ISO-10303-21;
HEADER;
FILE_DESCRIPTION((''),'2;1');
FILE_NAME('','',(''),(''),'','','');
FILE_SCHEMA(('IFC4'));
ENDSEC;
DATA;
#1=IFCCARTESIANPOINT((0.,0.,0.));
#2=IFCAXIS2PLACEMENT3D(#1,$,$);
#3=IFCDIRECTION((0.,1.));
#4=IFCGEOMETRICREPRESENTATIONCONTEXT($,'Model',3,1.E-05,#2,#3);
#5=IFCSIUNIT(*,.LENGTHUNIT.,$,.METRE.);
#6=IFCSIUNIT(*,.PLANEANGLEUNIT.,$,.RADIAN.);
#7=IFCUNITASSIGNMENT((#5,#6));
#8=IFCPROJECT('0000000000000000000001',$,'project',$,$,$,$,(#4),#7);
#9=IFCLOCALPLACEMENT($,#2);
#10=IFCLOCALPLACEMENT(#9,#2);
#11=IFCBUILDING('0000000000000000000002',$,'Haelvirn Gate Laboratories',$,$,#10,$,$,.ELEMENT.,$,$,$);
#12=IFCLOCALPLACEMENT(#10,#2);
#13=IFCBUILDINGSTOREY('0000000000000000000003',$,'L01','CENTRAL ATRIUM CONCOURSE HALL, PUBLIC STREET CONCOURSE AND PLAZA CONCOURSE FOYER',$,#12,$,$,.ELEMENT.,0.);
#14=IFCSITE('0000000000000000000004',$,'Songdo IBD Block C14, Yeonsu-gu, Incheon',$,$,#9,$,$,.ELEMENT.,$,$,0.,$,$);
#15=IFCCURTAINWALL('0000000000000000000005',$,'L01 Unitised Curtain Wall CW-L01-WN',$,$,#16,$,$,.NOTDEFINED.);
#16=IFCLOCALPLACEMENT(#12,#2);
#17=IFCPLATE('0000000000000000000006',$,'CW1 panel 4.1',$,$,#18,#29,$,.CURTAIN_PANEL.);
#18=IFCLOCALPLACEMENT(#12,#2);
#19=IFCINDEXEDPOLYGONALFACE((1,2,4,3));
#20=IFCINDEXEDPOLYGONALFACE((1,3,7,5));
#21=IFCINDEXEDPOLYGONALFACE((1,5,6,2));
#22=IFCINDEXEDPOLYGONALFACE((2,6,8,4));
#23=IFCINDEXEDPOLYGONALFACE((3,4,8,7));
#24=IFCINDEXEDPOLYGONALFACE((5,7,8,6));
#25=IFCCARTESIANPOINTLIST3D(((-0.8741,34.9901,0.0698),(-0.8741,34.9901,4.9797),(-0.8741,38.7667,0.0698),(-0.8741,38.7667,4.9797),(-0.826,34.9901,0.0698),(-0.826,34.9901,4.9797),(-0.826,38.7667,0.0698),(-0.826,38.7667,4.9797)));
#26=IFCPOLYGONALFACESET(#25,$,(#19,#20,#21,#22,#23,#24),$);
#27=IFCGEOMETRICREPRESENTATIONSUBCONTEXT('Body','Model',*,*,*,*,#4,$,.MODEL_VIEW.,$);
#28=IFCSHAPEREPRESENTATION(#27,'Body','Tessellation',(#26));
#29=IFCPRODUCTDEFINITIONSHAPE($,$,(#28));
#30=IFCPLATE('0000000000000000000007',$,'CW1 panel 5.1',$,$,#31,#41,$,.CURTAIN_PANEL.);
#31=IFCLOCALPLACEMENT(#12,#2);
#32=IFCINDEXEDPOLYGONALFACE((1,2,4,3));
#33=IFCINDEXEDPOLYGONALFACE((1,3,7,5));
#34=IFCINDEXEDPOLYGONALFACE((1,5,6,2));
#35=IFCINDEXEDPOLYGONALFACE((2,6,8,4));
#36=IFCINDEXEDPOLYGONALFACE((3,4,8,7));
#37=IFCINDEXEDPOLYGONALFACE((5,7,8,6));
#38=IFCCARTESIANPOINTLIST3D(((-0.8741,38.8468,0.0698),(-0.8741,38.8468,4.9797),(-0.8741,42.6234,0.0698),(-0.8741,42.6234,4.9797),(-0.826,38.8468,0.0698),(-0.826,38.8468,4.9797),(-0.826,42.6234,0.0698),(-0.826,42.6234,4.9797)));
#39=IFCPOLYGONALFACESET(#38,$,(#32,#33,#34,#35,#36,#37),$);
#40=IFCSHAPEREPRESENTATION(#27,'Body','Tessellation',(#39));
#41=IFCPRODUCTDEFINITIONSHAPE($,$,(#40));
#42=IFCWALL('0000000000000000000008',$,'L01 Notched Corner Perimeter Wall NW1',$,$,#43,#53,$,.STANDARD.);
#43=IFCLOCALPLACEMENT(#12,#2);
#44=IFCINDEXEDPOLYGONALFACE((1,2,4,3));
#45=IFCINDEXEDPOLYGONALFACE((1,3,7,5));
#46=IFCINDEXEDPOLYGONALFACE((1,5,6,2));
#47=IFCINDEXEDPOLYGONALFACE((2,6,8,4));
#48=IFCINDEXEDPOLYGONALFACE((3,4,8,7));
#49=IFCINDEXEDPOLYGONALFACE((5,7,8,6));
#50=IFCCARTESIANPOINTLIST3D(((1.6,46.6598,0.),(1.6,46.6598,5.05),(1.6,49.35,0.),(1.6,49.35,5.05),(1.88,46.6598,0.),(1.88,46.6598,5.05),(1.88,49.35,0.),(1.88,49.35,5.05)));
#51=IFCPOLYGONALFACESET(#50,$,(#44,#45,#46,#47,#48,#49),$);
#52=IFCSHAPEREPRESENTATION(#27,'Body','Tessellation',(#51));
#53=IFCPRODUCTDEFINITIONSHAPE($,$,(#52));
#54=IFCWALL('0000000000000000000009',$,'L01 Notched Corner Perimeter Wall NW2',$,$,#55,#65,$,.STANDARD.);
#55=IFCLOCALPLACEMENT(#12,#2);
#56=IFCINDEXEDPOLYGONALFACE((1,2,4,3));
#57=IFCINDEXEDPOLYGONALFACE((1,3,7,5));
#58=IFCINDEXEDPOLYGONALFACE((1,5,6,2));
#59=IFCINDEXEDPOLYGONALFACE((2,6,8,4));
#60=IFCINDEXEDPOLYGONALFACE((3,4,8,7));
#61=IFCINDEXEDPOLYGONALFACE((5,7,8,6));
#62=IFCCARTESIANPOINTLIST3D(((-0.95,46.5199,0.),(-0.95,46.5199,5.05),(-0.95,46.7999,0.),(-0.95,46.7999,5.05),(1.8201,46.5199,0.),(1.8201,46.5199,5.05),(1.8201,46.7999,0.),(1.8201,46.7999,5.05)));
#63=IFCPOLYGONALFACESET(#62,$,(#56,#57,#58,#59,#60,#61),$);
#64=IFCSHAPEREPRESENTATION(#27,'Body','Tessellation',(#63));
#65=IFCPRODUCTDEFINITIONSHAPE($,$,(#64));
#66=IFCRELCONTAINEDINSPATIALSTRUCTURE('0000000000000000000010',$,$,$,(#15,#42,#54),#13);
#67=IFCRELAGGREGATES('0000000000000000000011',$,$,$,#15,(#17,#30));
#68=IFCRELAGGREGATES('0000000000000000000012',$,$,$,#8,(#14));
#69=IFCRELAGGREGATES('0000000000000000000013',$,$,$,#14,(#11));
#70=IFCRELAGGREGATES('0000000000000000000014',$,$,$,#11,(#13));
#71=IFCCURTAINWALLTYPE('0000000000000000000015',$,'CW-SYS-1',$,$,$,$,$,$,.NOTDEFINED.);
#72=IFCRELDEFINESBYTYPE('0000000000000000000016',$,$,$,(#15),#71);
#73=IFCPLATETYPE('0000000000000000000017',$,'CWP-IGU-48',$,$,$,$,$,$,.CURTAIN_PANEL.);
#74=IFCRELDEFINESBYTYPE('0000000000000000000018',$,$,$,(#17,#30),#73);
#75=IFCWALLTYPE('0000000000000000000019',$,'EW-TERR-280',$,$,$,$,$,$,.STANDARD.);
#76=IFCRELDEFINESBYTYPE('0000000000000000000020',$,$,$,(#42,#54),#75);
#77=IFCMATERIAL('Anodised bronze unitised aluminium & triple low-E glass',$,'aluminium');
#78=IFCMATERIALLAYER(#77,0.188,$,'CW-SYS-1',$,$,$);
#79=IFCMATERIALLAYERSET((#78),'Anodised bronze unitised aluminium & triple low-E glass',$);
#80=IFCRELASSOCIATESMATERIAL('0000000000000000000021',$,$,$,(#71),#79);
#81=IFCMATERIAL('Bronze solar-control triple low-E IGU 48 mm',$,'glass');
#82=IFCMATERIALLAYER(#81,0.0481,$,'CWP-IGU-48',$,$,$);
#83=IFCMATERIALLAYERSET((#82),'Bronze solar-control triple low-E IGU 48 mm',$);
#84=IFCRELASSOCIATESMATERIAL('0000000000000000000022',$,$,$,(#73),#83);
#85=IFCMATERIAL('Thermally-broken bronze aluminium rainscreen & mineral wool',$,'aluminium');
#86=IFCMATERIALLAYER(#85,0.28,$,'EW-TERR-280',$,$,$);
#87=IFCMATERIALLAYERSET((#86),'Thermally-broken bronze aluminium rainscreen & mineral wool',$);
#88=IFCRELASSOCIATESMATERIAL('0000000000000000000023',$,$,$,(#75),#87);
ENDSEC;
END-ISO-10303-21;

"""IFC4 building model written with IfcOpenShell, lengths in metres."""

from ifc_helpers import new_model, si_unit, direction, frame, frame_2d, origin, origin_2d, place, context, subcontext, project, spatial, rectangle, extrude, source, transform, mapped, material, layer, layer_set, type_object, element, aggregate, save


model = new_model("IFC4")

# Units and contexts
model_context = context("Model", 3, precision=1e-05, world=origin(), true_north=direction((0.0, 1.0)))
body_context = subcontext(model_context, "Body", "Model", "MODEL_VIEW")
ifc_project = project(units=[si_unit("LENGTHUNIT", "METRE"), si_unit("PLANEANGLEUNIT", "RADIAN")], contexts=[model_context])

# Site, building, storey
site_placement = place(None, origin())
site = spatial("IfcSite", under=ifc_project, at=site_placement, Name="Songdo IBD Block C14, Yeonsu-gu, Incheon", CompositionType="ELEMENT", RefElevation=0.0)
building_placement = place(site_placement, origin())
building = spatial("IfcBuilding", under=site, at=building_placement, Name="Haelvirn Gate Laboratories", CompositionType="ELEMENT")
storey_placement = place(building_placement, origin())
storey = spatial("IfcBuildingStorey", under=building, at=storey_placement, Name="L01", Description="CENTRAL ATRIUM CONCOURSE HALL, PUBLIC STREET CONCOURSE AND PLAZA CONCOURSE FOYER", CompositionType="ELEMENT", Elevation=0.0)

# Curtain wall
ifc_material_1 = material(Name="Anodised bronze unitised aluminium & triple low-E glass", Category="aluminium")
ifc_layer_1 = layer(ifc_material_1, 0.188, Name="CW-SYS-1")
ifc_layer_set_1 = layer_set([ifc_layer_1], Name="Anodised bronze unitised aluminium & triple low-E glass")
curtain_wall_type = type_object("IfcCurtainWallType", Name="CW-SYS-1", PredefinedType="NOTDEFINED", material=ifc_layer_set_1)
curtain_wall_1_placement = place(storey_placement, origin())
curtain_wall_1 = element("IfcCurtainWall", 1, at=curtain_wall_1_placement, inside=storey, type_object=curtain_wall_type, Name="L01 Unitised Curtain Wall CW-L01-WN", PredefinedType="NOTDEFINED")

# Plates
ifc_material_2 = material(Name="Bronze solar-control triple low-E IGU 48 mm", Category="glass")
ifc_layer_2 = layer(ifc_material_2, 0.0481, Name="CWP-IGU-48")
ifc_layer_set_2 = layer_set([ifc_layer_2], Name="Bronze solar-control triple low-E IGU 48 mm")
plate_type = type_object("IfcPlateType", Name="CWP-IGU-48", PredefinedType="CURTAIN_PANEL", material=ifc_layer_set_2)
shared_shape_1 = source(origin(), body_context, "Body", "SweptSolid", [
    extrude(rectangle(XDim=3.7766, YDim=0.0481, at=origin_2d()), origin(), (0.0, 0.0, 1.0), 4.9099),
])
plate_1_placement = place(storey_placement, frame((-0.8501, 36.8784, 0.0698), z_axis=(0.0, 0.0, 1.0), x_axis=(0.0, 1.0, 0.0)))
plate_1 = element("IfcPlate", 2, at=plate_1_placement, type_object=plate_type, Name="CW1 panel 4.1", PredefinedType="CURTAIN_PANEL", context=body_context, shape_type="MappedRepresentation", body=[
    mapped(shared_shape_1, transform((0.0, 0.0, 0.0), scale=1.0)),
])
plate_2_placement = place(storey_placement, frame((-0.8501, 40.7351, 0.0698), z_axis=(0.0, 0.0, 1.0), x_axis=(0.0, 1.0, 0.0)))
plate_2 = element("IfcPlate", 3, at=plate_2_placement, type_object=plate_type, Name="CW1 panel 5.1", PredefinedType="CURTAIN_PANEL", context=body_context, shape_type="MappedRepresentation", body=[
    mapped(shared_shape_1, transform((0.0, 0.0, 0.0), scale=1.0)),
])
aggregate(curtain_wall_1, [plate_1, plate_2])

# Walls
ifc_material_3 = material(Name="Thermally-broken bronze aluminium rainscreen & mineral wool", Category="aluminium")
ifc_layer_3 = layer(ifc_material_3, 0.28, Name="EW-TERR-280")
ifc_layer_set_3 = layer_set([ifc_layer_3], Name="Thermally-broken bronze aluminium rainscreen & mineral wool")
wall_type = type_object("IfcWallType", Name="EW-TERR-280", PredefinedType="STANDARD", material=ifc_layer_set_3)
wall_1_placement = place(storey_placement, frame((1.74, 49.3501, 0.0), z_axis=(0.0, 0.0, 1.0), x_axis=(0.0, -1.0, 0.0)))
element("IfcWall", 4, at=wall_1_placement, inside=storey, type_object=wall_type, Name="L01 Notched Corner Perimeter Wall NW1", PredefinedType="STANDARD", context=body_context, shape_type="SweptSolid", body=[
    extrude(rectangle(XDim=2.6902, YDim=0.28, at=frame_2d((1.3452, 0.0))), origin(), (0.0, 0.0, 1.0), 5.05),
])
wall_2_placement = place(storey_placement, frame((1.8201, 46.6599, 0.0), z_axis=(0.0, 0.0, 1.0), x_axis=(-1.0, 0.0, 0.0)))
element("IfcWall", 5, at=wall_2_placement, inside=storey, type_object=wall_type, Name="L01 Notched Corner Perimeter Wall NW2", PredefinedType="STANDARD", context=body_context, shape_type="SweptSolid", body=[
    extrude(rectangle(XDim=2.77, YDim=0.28, at=frame_2d((1.385, 0.0))), origin(), (0.0, 0.0, 1.0), 5.05),
])

save(model, "model.ifc")
